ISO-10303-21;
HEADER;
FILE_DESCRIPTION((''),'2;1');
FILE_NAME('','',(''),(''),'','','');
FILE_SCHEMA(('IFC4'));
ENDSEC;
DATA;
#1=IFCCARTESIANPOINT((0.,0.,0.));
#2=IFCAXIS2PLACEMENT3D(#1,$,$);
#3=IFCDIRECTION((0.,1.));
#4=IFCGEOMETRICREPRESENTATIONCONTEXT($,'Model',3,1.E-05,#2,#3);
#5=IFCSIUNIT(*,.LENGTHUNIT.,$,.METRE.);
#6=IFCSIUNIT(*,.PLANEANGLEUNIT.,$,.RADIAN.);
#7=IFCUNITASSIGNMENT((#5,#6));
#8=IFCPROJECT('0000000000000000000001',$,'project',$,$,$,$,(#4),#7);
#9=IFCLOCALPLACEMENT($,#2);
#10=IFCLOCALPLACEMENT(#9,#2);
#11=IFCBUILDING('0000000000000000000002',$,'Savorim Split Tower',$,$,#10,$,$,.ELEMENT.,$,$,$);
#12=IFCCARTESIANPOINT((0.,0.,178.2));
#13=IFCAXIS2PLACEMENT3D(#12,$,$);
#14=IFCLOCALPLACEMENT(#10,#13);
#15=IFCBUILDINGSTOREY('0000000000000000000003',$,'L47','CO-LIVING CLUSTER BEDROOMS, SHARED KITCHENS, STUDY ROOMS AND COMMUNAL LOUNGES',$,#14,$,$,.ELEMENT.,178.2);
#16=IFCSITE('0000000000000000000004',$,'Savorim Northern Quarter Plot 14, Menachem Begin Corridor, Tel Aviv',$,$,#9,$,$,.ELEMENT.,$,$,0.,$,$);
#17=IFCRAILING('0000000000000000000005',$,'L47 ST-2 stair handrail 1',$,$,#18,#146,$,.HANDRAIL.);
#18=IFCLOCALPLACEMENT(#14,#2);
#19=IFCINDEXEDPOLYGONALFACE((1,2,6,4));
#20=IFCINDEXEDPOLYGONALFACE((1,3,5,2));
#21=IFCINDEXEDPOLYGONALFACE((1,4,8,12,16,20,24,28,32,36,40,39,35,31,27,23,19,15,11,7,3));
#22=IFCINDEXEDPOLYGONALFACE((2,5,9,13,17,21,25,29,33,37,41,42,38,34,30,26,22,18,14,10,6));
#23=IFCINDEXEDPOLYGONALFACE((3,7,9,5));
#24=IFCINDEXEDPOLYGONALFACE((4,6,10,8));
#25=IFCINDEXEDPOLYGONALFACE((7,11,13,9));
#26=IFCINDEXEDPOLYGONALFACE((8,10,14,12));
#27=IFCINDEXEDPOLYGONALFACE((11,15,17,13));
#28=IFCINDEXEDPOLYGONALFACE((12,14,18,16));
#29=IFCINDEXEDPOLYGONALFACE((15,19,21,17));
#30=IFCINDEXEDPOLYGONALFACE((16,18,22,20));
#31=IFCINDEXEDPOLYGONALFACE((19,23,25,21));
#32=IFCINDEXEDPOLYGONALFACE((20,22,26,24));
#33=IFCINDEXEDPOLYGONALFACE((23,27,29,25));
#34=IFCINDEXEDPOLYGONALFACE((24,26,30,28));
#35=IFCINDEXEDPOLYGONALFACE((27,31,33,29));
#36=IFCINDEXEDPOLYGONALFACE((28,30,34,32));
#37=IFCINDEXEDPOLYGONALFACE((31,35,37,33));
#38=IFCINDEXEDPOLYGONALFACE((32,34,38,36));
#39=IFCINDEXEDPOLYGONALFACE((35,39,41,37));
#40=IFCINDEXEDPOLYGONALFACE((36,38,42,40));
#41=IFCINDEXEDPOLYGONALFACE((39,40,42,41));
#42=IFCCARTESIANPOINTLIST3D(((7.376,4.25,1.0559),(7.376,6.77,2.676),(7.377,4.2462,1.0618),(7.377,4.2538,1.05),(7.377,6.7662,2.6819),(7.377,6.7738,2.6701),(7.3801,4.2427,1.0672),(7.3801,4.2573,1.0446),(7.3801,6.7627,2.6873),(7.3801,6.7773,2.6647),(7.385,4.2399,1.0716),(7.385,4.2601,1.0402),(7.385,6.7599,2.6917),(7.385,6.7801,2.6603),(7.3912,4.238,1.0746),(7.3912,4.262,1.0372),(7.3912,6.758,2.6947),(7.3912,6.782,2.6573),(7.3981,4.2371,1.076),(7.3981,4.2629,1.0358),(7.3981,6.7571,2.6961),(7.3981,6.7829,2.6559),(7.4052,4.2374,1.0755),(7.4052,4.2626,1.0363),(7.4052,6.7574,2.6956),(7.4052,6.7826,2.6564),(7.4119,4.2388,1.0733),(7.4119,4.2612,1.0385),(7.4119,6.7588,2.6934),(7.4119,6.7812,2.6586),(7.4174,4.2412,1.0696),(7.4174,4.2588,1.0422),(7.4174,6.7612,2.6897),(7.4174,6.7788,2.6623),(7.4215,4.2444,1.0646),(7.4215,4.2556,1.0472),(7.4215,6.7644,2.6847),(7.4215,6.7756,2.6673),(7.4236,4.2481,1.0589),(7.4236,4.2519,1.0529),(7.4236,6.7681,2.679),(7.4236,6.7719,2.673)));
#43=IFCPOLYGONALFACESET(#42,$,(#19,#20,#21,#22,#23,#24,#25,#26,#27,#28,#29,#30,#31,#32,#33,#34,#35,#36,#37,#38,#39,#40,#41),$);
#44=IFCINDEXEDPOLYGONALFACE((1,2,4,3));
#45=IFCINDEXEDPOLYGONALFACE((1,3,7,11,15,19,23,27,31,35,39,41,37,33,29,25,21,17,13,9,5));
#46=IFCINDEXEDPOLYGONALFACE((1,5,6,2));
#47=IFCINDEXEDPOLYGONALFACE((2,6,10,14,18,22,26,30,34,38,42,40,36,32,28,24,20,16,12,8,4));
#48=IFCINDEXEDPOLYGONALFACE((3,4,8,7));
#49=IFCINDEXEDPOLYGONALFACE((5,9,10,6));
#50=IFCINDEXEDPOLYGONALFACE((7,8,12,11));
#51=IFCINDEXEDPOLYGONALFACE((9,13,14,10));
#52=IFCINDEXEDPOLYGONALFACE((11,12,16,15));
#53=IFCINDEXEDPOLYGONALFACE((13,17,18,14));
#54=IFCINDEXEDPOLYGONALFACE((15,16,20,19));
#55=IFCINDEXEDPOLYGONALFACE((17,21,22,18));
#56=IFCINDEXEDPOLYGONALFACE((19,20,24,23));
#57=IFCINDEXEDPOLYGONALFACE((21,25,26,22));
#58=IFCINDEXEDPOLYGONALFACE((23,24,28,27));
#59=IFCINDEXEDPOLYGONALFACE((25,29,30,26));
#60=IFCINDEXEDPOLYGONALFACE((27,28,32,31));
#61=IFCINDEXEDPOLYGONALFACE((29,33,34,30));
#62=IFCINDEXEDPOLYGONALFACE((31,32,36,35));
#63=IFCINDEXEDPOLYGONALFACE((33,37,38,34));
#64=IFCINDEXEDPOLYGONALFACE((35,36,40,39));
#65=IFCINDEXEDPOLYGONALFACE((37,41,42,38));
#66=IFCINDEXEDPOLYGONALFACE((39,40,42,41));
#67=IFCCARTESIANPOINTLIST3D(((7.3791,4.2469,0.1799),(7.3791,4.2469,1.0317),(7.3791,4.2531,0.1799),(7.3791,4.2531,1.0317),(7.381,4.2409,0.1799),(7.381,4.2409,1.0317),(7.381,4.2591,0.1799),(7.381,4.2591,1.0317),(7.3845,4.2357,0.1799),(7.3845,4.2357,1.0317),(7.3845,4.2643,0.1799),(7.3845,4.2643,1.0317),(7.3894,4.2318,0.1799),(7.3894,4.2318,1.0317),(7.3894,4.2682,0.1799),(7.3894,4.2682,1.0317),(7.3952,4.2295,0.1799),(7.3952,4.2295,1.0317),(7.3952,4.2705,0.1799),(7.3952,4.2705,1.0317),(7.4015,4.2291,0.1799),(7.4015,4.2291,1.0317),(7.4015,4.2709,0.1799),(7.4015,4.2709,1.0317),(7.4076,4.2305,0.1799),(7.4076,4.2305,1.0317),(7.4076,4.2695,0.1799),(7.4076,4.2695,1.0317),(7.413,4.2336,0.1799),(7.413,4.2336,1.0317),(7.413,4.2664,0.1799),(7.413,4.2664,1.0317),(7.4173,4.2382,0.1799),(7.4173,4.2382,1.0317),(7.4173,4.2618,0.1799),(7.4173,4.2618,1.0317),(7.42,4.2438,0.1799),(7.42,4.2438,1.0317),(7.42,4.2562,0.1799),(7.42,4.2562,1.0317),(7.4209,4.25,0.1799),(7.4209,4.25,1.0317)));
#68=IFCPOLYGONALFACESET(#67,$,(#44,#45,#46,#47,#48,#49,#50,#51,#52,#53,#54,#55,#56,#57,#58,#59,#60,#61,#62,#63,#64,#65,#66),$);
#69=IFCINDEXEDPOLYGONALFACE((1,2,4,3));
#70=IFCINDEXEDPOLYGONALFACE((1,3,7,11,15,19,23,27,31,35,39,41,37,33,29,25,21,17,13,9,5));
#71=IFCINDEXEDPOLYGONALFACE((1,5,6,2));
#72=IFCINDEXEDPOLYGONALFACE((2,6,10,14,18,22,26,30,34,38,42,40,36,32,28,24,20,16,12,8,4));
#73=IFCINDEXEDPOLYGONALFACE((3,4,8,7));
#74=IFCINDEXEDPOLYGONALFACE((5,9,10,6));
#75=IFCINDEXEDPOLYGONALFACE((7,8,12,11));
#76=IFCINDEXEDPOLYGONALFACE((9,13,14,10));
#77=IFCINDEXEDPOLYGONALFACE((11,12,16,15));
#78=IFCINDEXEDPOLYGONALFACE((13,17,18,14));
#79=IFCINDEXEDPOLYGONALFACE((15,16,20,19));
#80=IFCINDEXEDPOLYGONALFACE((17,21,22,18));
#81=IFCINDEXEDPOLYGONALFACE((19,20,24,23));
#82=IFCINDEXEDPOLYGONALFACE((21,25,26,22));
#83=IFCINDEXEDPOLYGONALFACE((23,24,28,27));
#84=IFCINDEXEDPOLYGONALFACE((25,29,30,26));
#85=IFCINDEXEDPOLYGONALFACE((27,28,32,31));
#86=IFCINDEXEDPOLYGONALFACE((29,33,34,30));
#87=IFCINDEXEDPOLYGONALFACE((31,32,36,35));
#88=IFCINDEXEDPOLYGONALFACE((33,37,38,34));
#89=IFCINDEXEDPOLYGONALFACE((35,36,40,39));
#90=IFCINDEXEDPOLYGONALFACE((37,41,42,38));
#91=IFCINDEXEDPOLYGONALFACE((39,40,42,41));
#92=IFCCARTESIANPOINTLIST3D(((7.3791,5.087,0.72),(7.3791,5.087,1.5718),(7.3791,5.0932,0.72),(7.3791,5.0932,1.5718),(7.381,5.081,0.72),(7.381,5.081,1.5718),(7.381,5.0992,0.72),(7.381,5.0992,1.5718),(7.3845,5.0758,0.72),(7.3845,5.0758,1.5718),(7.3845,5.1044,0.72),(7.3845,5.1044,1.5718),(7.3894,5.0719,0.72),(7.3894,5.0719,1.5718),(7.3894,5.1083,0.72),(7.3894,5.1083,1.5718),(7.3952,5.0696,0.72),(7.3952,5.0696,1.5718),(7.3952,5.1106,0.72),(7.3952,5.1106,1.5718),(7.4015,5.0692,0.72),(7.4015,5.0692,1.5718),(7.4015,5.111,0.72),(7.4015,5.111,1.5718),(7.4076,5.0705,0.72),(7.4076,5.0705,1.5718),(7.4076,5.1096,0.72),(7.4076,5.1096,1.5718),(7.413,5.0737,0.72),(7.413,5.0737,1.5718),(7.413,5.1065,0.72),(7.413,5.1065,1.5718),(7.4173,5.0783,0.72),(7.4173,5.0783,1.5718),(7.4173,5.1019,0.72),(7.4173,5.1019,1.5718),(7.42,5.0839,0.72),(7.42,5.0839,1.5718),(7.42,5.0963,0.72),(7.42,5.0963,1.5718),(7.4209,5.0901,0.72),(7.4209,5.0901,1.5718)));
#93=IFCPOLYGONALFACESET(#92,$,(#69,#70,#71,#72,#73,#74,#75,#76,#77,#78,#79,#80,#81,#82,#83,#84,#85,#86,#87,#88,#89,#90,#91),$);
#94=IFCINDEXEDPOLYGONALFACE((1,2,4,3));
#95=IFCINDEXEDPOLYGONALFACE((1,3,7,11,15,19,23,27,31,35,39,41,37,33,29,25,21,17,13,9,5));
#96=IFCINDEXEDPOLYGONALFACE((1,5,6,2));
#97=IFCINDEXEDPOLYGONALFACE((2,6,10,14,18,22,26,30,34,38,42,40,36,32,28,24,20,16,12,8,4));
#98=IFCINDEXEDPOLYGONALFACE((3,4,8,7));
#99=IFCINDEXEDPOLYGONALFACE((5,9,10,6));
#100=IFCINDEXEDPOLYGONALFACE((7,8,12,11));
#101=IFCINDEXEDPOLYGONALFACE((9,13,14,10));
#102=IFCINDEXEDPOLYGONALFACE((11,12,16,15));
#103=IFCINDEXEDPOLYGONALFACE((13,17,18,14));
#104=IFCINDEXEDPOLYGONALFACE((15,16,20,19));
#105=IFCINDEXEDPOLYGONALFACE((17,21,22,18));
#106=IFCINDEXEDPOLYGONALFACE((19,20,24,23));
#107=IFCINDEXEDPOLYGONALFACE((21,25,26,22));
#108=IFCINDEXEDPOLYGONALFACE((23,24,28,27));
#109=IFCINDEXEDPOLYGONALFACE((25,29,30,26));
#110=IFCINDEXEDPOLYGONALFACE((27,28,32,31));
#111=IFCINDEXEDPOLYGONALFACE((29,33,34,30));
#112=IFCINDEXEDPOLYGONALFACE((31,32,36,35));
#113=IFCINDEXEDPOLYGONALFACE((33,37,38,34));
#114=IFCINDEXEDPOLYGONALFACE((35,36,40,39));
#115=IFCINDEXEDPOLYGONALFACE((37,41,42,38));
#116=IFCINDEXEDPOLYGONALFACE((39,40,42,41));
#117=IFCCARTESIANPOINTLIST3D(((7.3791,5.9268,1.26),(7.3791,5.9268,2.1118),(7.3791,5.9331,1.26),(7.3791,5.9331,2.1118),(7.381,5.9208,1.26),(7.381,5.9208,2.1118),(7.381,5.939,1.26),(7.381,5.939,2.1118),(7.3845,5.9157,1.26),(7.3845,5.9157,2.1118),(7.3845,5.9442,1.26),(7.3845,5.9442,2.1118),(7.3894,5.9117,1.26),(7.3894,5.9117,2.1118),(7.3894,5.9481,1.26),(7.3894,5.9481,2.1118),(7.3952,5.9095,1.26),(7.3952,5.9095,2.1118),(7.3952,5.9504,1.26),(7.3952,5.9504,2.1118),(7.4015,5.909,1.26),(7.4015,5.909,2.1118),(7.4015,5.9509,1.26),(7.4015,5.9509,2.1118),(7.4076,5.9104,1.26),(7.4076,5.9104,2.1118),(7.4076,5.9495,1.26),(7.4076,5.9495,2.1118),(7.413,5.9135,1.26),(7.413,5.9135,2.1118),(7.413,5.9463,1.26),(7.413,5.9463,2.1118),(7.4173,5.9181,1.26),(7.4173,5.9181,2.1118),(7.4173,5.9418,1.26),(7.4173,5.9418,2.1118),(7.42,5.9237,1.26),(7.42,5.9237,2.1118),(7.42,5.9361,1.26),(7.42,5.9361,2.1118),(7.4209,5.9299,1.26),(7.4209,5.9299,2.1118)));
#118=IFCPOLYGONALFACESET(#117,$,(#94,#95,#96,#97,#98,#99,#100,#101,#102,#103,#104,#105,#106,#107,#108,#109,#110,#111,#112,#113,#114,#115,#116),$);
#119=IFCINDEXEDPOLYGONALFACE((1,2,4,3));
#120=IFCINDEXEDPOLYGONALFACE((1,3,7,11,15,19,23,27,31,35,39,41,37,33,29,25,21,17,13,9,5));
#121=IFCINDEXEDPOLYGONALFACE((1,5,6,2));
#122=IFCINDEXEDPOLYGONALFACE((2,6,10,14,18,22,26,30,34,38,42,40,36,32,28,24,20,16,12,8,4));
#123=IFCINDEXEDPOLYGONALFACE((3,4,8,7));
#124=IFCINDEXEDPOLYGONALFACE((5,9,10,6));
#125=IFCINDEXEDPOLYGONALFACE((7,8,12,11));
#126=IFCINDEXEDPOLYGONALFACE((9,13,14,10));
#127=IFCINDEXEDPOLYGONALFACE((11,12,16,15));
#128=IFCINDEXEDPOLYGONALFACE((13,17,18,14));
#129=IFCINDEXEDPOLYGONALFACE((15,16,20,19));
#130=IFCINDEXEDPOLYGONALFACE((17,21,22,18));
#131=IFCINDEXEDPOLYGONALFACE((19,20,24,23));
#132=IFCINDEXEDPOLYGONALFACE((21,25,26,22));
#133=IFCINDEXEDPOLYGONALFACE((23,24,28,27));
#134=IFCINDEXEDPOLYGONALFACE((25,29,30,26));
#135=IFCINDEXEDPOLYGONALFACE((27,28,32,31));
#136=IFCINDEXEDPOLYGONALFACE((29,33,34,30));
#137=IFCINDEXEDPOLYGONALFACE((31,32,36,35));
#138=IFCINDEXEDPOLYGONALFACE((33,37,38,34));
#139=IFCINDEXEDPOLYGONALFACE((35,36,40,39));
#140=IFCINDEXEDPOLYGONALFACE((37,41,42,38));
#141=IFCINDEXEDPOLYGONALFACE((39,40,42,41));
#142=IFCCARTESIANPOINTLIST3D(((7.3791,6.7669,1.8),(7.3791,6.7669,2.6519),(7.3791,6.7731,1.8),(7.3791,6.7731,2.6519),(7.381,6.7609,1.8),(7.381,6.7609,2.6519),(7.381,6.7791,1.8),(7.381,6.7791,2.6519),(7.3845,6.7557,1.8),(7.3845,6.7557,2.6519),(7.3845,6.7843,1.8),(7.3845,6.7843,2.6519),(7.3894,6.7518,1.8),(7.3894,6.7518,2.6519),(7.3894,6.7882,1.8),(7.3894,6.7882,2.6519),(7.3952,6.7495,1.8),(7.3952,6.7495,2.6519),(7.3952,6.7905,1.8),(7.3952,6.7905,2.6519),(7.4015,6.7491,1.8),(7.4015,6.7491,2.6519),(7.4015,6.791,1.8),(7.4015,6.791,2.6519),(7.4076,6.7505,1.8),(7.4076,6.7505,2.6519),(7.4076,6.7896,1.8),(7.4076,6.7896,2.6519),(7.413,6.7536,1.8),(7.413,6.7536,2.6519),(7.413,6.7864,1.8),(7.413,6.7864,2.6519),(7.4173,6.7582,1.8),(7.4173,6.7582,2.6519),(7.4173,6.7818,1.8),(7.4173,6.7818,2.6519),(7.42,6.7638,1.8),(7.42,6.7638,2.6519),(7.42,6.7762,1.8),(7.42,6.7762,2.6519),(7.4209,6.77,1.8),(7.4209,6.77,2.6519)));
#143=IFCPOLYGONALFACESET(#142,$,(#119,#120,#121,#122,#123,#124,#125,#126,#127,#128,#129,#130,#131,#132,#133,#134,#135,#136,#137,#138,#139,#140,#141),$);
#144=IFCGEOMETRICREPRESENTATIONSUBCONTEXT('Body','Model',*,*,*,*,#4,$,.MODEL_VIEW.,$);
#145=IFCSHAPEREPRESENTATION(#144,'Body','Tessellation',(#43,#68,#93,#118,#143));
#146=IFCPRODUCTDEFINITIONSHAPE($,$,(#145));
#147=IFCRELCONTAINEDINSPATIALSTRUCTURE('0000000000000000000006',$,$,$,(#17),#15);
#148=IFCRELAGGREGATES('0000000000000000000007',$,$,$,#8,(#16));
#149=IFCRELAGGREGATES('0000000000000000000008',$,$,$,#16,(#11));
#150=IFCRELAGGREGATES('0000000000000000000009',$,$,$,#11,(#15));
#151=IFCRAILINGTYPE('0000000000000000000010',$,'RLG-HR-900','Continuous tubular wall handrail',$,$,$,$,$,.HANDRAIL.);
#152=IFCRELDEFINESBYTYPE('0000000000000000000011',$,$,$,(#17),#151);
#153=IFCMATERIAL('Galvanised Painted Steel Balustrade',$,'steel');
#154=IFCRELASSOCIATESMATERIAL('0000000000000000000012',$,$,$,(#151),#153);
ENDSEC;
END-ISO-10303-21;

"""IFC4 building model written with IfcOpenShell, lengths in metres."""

from ifc_helpers import new_model, si_unit, direction, frame, origin, origin_2d, place, context, subcontext, project, spatial, circle, extrude, material, type_object, element, save


model = new_model("IFC4")

# Units and contexts
model_context = context("Model", 3, precision=1e-05, world=origin(), true_north=direction((0.0, 1.0)))
body_context = subcontext(model_context, "Body", "Model", "MODEL_VIEW")
ifc_project = project(units=[si_unit("LENGTHUNIT", "METRE"), si_unit("PLANEANGLEUNIT", "RADIAN")], contexts=[model_context])

# Site, building, storey
site_placement = place(None, origin())
site = spatial("IfcSite", under=ifc_project, at=site_placement, Name="Savorim Northern Quarter Plot 14, Menachem Begin Corridor, Tel Aviv", CompositionType="ELEMENT", RefElevation=0.0)
building_placement = place(site_placement, origin())
building = spatial("IfcBuilding", under=site, at=building_placement, Name="Savorim Split Tower", CompositionType="ELEMENT")
storey_placement = place(building_placement, frame((0.0, 0.0, 178.2)))
storey = spatial("IfcBuildingStorey", under=building, at=storey_placement, Name="L47", Description="CO-LIVING CLUSTER BEDROOMS, SHARED KITCHENS, STUDY ROOMS AND COMMUNAL LOUNGES", CompositionType="ELEMENT", Elevation=178.2)

# Railing
ifc_material_1 = material(Name="Galvanised Painted Steel Balustrade", Category="steel")
railing_type_1 = type_object("IfcRailingType", Name="RLG-HR-900", Description="Continuous tubular wall handrail", PredefinedType="HANDRAIL", material=ifc_material_1)
railing_1_placement = place(storey_placement, frame((7.3999, 4.25, 0.1799)))
element("IfcRailing", 1, at=railing_1_placement, inside=storey, type_object=railing_type_1, Name="L47 ST-2 stair handrail 1", PredefinedType="HANDRAIL", context=body_context, shape_type="SweptSolid", body=[
    extrude(circle(Radius=0.0239, at=origin_2d()), frame((0.0, 0.0, 0.876), z_axis=(0.0, 0.841163, 0.540782), x_axis=(-1.0, 0.0, 0.0)), (0.0, 0.0, 1.0), 2.9958),
    extrude(circle(Radius=0.021, at=origin_2d()), origin(), (0.0, 0.0, 1.0), 0.8518),
    extrude(circle(Radius=0.021, at=origin_2d()), frame((0.0, 0.8401, 0.54)), (0.0, 0.0, 1.0), 0.8518),
    extrude(circle(Radius=0.021, at=origin_2d()), frame((0.0, 1.6799, 1.0801)), (0.0, 0.0, 1.0), 0.8518),
    extrude(circle(Radius=0.021, at=origin_2d()), frame((0.0, 2.52, 1.6201)), (0.0, 0.0, 1.0), 0.8518),
])

save(model, "model.ifc")
